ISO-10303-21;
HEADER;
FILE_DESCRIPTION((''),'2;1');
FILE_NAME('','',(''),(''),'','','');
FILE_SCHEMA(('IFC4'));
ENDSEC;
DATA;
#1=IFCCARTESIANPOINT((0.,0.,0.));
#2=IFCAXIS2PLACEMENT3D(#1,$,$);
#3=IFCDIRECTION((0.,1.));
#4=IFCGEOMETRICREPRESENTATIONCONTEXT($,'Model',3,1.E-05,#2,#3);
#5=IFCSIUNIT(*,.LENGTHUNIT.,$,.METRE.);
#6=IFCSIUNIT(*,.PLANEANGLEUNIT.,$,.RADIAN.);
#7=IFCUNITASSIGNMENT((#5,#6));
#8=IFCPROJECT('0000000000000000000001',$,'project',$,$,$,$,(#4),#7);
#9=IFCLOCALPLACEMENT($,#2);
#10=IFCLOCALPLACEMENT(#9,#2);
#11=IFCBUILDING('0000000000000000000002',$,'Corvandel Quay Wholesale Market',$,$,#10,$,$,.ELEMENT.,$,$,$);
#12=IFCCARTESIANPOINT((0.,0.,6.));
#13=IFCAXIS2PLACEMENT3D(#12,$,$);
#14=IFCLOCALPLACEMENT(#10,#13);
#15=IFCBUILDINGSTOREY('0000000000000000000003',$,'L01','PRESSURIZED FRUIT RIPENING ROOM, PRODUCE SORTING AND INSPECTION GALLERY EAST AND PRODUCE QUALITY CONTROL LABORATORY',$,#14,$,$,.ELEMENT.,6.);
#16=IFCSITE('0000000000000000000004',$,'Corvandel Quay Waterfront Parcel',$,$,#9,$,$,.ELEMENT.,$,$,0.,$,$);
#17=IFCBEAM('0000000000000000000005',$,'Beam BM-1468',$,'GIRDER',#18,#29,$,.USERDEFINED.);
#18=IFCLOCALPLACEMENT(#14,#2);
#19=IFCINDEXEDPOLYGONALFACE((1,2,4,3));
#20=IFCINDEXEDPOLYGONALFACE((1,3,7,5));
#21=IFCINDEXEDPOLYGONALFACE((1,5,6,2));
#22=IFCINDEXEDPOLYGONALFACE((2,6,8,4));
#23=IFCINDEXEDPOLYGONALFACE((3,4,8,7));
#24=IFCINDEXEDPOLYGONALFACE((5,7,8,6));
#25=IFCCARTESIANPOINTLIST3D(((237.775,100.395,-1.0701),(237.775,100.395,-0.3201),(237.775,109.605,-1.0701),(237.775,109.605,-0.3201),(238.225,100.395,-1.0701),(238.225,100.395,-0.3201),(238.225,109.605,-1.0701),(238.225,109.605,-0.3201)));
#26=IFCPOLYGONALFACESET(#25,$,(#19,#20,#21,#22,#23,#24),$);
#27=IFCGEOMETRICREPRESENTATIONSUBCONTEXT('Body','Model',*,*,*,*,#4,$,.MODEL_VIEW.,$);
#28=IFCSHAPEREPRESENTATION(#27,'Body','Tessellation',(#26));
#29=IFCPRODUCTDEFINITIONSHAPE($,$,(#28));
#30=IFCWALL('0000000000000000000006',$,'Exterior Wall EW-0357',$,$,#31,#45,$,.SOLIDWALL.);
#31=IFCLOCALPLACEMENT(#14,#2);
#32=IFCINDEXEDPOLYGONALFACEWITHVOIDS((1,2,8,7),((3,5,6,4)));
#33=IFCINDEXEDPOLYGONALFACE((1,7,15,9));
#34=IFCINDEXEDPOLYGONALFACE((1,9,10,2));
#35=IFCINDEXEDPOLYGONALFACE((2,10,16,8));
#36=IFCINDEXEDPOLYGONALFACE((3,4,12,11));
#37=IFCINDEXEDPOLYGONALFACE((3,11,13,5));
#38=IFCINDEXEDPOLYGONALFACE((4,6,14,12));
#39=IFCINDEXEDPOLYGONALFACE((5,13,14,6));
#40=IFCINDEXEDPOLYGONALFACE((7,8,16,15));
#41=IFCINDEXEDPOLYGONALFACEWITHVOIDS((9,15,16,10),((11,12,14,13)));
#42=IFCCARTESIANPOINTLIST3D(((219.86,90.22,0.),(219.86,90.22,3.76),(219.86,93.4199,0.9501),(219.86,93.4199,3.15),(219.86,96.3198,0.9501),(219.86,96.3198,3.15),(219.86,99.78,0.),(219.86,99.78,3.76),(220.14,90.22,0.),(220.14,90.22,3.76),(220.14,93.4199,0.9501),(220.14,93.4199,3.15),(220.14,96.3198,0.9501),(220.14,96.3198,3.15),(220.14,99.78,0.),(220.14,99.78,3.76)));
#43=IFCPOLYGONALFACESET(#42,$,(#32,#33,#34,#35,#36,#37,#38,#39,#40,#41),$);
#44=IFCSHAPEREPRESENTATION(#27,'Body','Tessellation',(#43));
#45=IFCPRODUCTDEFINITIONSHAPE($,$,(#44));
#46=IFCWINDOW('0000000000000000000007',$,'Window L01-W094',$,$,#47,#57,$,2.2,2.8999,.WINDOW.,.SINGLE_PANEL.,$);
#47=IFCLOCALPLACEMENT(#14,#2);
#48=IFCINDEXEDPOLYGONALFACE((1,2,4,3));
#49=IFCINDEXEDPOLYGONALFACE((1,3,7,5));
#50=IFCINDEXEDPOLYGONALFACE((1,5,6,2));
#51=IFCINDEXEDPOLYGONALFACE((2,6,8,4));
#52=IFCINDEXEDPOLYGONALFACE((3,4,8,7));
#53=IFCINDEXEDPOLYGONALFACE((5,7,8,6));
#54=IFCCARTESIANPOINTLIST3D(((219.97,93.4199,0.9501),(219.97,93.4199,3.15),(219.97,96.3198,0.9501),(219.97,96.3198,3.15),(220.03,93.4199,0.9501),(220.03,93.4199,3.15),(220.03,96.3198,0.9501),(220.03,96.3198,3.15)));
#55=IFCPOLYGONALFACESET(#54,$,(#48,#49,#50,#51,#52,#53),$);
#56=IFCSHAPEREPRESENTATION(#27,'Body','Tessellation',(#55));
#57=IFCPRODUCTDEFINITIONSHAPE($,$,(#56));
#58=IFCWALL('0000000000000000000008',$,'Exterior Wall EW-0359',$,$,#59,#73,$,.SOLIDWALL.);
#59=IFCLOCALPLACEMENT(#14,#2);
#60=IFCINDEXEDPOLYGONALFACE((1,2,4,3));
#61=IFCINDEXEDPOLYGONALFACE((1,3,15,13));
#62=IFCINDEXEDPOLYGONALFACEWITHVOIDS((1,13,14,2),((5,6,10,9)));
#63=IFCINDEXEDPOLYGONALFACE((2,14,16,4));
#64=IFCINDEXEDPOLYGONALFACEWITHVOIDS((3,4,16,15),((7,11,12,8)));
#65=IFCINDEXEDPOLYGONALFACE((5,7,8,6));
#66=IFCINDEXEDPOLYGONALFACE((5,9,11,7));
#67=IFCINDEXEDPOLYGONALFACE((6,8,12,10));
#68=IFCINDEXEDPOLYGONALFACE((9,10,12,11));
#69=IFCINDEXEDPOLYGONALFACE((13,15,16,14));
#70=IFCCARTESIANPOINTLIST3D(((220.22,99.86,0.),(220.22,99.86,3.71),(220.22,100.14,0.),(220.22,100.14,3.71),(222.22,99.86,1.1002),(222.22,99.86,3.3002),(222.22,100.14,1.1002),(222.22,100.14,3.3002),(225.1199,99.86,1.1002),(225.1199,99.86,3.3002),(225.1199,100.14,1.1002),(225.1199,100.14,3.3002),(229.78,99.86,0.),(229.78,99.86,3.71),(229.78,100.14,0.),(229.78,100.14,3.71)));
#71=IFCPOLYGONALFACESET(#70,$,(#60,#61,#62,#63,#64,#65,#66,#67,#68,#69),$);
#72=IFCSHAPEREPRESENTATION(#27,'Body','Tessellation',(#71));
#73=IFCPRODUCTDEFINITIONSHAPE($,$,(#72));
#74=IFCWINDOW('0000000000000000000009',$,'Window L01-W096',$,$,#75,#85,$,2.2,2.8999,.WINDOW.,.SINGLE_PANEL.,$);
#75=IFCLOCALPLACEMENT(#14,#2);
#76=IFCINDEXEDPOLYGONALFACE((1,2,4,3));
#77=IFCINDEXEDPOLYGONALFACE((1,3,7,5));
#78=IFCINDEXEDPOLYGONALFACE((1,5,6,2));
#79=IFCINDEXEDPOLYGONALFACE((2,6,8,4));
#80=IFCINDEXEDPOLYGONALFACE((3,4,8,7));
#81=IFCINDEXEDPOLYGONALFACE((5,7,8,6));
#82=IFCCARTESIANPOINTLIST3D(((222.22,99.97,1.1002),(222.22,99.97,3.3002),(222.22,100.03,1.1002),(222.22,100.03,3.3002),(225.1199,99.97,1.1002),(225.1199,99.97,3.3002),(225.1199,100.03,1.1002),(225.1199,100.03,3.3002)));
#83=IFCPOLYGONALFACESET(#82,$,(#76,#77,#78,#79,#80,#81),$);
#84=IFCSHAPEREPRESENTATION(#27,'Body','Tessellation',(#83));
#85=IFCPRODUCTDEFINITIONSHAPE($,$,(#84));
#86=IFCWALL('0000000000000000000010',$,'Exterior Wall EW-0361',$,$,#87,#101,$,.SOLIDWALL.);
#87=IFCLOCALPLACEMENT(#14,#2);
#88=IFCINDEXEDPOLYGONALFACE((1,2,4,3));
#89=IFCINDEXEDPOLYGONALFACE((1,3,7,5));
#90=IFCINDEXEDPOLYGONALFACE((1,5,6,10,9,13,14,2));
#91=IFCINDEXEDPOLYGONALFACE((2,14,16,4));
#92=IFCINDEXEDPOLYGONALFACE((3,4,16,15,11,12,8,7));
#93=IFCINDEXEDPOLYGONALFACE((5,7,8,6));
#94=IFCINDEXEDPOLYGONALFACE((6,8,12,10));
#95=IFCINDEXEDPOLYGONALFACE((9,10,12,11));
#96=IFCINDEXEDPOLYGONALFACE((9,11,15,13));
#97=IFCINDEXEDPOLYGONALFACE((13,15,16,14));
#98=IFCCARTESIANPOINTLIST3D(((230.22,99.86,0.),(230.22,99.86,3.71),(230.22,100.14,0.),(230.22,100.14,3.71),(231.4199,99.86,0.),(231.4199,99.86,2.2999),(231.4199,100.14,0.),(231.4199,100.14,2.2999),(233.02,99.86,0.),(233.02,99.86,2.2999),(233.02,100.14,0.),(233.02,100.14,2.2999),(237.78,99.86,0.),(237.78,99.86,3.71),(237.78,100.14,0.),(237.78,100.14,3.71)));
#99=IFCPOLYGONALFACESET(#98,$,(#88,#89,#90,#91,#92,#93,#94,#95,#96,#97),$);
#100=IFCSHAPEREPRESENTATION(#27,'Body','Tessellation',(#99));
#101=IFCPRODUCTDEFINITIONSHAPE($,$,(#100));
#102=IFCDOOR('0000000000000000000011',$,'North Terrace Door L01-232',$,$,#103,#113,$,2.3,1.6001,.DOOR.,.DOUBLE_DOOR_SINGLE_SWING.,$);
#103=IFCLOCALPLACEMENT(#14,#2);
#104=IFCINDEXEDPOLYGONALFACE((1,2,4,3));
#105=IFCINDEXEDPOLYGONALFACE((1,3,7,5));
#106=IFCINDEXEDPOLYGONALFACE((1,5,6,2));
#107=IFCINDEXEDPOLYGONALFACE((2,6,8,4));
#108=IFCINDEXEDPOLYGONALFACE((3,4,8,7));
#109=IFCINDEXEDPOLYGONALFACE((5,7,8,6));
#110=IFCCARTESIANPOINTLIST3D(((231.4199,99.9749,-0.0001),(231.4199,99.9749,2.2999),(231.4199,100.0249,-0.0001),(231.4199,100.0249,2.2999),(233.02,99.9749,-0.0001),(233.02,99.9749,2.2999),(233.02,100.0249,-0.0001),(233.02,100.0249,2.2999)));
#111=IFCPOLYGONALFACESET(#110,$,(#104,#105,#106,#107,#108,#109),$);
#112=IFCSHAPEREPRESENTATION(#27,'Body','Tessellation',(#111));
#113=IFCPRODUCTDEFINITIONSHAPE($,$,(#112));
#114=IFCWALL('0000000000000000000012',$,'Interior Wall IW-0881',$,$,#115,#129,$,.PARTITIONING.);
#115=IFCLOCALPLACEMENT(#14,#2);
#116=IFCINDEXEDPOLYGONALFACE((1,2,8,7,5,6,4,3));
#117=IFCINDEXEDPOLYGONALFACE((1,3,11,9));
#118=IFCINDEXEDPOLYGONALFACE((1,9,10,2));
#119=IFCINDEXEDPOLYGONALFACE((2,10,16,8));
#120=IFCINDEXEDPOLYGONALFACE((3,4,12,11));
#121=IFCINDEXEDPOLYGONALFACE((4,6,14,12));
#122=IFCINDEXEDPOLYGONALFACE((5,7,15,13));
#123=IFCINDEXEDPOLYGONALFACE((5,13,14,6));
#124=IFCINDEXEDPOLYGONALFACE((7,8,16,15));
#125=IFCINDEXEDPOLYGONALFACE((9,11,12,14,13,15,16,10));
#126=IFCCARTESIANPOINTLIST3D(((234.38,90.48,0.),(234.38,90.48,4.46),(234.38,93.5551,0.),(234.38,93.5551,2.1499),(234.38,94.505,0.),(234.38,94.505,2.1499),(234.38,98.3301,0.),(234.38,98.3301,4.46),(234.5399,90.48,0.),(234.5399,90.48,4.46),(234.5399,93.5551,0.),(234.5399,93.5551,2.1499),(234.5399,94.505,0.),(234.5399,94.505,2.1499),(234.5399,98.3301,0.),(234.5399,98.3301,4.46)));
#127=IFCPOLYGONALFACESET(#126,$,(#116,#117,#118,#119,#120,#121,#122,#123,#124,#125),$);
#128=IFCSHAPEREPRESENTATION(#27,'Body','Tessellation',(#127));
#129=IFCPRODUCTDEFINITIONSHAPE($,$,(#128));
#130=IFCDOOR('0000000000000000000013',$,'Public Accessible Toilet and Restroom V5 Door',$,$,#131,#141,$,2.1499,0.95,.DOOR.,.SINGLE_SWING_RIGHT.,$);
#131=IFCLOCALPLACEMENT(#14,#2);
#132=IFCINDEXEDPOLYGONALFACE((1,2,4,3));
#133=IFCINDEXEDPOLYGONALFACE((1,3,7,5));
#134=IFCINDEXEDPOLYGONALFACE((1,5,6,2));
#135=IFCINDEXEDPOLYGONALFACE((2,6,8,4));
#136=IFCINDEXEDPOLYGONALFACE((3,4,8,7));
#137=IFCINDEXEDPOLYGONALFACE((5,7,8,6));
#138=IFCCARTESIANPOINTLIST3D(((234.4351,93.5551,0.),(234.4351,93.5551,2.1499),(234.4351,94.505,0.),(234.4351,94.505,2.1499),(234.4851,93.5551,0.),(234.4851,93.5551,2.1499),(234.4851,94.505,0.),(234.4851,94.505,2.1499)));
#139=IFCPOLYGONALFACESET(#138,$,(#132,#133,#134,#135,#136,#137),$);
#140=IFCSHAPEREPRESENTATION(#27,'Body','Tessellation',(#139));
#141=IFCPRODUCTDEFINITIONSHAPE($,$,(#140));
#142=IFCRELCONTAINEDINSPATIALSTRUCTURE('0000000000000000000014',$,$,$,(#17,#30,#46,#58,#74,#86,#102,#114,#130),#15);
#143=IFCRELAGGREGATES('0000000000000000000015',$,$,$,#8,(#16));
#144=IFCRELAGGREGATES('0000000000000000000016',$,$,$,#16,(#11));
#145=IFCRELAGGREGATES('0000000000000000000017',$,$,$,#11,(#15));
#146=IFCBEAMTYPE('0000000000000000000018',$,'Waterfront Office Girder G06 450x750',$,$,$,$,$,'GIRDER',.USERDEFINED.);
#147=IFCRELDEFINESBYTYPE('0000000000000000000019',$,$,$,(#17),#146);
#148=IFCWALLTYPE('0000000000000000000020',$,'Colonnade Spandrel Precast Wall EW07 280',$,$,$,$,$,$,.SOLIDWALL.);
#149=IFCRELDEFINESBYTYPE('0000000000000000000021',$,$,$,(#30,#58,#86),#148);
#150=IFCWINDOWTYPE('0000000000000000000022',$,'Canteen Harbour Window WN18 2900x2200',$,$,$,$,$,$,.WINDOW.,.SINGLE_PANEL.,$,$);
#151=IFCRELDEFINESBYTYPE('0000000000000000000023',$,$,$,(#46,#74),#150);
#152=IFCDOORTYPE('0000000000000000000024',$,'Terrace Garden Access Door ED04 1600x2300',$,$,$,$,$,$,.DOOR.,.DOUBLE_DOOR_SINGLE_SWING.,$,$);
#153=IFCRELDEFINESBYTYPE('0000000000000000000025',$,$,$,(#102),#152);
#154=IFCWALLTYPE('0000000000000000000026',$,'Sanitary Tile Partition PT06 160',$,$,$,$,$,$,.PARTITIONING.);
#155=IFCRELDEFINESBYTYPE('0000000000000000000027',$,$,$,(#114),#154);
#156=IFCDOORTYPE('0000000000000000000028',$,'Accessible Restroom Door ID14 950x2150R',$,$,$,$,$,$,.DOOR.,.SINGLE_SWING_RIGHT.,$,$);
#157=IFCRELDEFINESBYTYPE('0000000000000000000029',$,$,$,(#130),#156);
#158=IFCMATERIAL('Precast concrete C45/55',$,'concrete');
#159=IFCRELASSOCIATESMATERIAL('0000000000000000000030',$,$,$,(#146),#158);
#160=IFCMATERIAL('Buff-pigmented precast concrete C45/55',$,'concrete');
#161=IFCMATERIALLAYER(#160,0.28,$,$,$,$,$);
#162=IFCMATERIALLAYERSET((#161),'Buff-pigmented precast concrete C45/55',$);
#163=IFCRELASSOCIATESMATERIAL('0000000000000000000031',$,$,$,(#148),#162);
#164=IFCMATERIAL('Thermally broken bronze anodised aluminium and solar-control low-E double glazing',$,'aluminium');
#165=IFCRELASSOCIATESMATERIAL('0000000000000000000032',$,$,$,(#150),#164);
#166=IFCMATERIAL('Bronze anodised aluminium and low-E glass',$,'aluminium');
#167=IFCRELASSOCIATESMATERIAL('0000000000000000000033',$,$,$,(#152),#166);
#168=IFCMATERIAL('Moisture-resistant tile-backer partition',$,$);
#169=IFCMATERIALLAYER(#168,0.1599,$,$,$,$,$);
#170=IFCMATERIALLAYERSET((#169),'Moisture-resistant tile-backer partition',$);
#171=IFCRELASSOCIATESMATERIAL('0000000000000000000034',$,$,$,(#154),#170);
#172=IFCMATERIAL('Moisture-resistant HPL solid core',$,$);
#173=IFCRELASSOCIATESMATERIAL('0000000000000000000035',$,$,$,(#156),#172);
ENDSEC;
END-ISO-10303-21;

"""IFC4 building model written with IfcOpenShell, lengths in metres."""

from ifc_helpers import new_model, si_unit, direction, frame, frame_2d, origin, origin_2d, place, context, subcontext, project, spatial, rectangle, extrude, material, layer, layer_set, material_profile, profile_set, type_object, element, fill, save


model = new_model("IFC4")

# Units and contexts
model_context = context("Model", 3, precision=1e-05, world=origin(), true_north=direction((0.0, 1.0)))
body_context = subcontext(model_context, "Body", "Model", "MODEL_VIEW")
ifc_project = project(units=[si_unit("LENGTHUNIT", "METRE"), si_unit("PLANEANGLEUNIT", "RADIAN")], contexts=[model_context])

# Site, building, storey
site_placement = place(None, origin())
site = spatial("IfcSite", under=ifc_project, at=site_placement, Name="Corvandel Quay Waterfront Parcel", CompositionType="ELEMENT", RefElevation=0.0)
building_placement = place(site_placement, origin())
building = spatial("IfcBuilding", under=site, at=building_placement, Name="Corvandel Quay Wholesale Market", CompositionType="ELEMENT")
storey_placement = place(building_placement, frame((0.0, 0.0, 6.0)))
storey = spatial("IfcBuildingStorey", under=building, at=storey_placement, Name="L01", Description="PRESSURIZED FRUIT RIPENING ROOM, PRODUCE SORTING AND INSPECTION GALLERY EAST AND PRODUCE QUALITY CONTROL LABORATORY", CompositionType="ELEMENT", Elevation=6.0)

# Shared definitions
ifc_material_1 = material(Name="Precast concrete C45/55", Category="concrete")

# Beam
ifc_material_profile_1 = material_profile(ifc_material_1, rectangle(XDim=0.45, YDim=0.75, at=origin_2d()), Name="PC-GIR-450x750")
ifc_profile_set_1 = profile_set([ifc_material_profile_1], Name="Precast concrete C45/55")
beam_type_1 = type_object("IfcBeamType", Name="Waterfront Office Girder G06 450x750", ElementType="GIRDER", PredefinedType="USERDEFINED", material=ifc_profile_set_1)
for number, where, z_axis, x_axis, name in (
    (1, (238.0, 100.395, -0.6951), (0.0, 1.0, 0.0), (-1.0, 0.0, 0.0), "Beam BM-1468"),
):
    element("IfcBeam", number, at=place(storey_placement, frame(where, z_axis=z_axis, x_axis=x_axis)), inside=storey, type_object=beam_type_1, Name=name, ObjectType="GIRDER", PredefinedType="USERDEFINED", context=body_context, shape_type="SweptSolid", body=[
        extrude(rectangle(XDim=0.45, YDim=0.75, at=origin_2d()), origin(), (0.0, 0.0, 1.0), 9.21),
    ])

# Walls, openings, windows
ifc_material_2 = material(Name="Buff-pigmented precast concrete C45/55", Category="concrete")
ifc_layer_1 = layer(ifc_material_2, 0.28)
ifc_layer_set_1 = layer_set([ifc_layer_1], Name="Buff-pigmented precast concrete C45/55")
wall_type_1 = type_object("IfcWallType", Name="Colonnade Spandrel Precast Wall EW07 280", PredefinedType="SOLIDWALL", material=ifc_layer_set_1)
wall_1_placement = place(storey_placement, frame((220.0, 90.22, 0.0), z_axis=(0.0, 0.0, 1.0), x_axis=(0.0, 1.0, 0.0)))
wall_1 = element("IfcWall", 2, at=wall_1_placement, inside=storey, type_object=wall_type_1, Name="Exterior Wall EW-0357", PredefinedType="SOLIDWALL", context=body_context, shape_type="SweptSolid", body=[
    extrude(rectangle(XDim=9.5601, YDim=0.28, at=frame_2d((4.78, 0.0))), origin(), (0.0, 0.0, 1.0), 3.76),
])
opening_1_placement = place(wall_1_placement, frame((3.2, 0.0, 0.95)))
opening_1 = element("IfcOpeningElement", 3, at=opening_1_placement, cuts=wall_1, PredefinedType="OPENING", context=body_context, shape_type="SweptSolid", body=[
    extrude(rectangle(XDim=2.8999, YDim=2.2, at=frame_2d((1.45, 1.1001))), frame((0.0, 0.1499, 0.0), z_axis=(0.0, -1.0, 0.0), x_axis=(1.0, 0.0, 0.0)), (0.0, 0.0, 1.0), 0.3),
])
ifc_material_3 = material(Name="Thermally broken bronze anodised aluminium and solar-control low-E double glazing", Category="aluminium")
window_type = type_object("IfcWindowType", Name="Canteen Harbour Window WN18 2900x2200", PartitioningType="SINGLE_PANEL", PredefinedType="WINDOW", material=ifc_material_3)
window_1_placement = place(opening_1_placement, origin())
window_1 = element("IfcWindow", 4, at=window_1_placement, inside=storey, type_object=window_type, Name="Window L01-W094", OverallHeight=2.2, OverallWidth=2.8999, PartitioningType="SINGLE_PANEL", PredefinedType="WINDOW", context=body_context, shape_type="SweptSolid", body=[
    extrude(rectangle(XDim=2.8999, YDim=2.2, at=frame_2d((1.45, 1.1001))), frame((0.0, 0.03, 0.0), z_axis=(0.0, -1.0, 0.0), x_axis=(1.0, 0.0, 0.0)), (0.0, 0.0, 1.0), 0.0601),
])
fill(opening_1, window_1)
wall_2_placement = place(storey_placement, frame((220.22, 100.0, 0.0), z_axis=(0.0, 0.0, 1.0), x_axis=(1.0, 0.0, 0.0)))
wall_2 = element("IfcWall", 5, at=wall_2_placement, inside=storey, type_object=wall_type_1, Name="Exterior Wall EW-0359", PredefinedType="SOLIDWALL", context=body_context, shape_type="SweptSolid", body=[
    extrude(rectangle(XDim=9.5601, YDim=0.28, at=frame_2d((4.78, 0.0))), origin(), (0.0, 0.0, 1.0), 3.71),
])
opening_2_placement = place(wall_2_placement, frame((2.0, 0.0, 1.1001)))
opening_2 = element("IfcOpeningElement", 6, at=opening_2_placement, cuts=wall_2, PredefinedType="OPENING", context=body_context, shape_type="SweptSolid", body=[
    extrude(rectangle(XDim=2.8999, YDim=2.2, at=frame_2d((1.45, 1.1001))), frame((0.0, 0.1499, 0.0), z_axis=(0.0, -1.0, 0.0), x_axis=(1.0, 0.0, 0.0)), (0.0, 0.0, 1.0), 0.3),
])
window_2_placement = place(opening_2_placement, origin())
window_2 = element("IfcWindow", 7, at=window_2_placement, inside=storey, type_object=window_type, Name="Window L01-W096", OverallHeight=2.2, OverallWidth=2.8999, PartitioningType="SINGLE_PANEL", PredefinedType="WINDOW", context=body_context, shape_type="SweptSolid", body=[
    extrude(rectangle(XDim=2.8999, YDim=2.2, at=frame_2d((1.45, 1.1001))), frame((0.0, 0.03, 0.0), z_axis=(0.0, -1.0, 0.0), x_axis=(1.0, 0.0, 0.0)), (0.0, 0.0, 1.0), 0.0601),
])
fill(opening_2, window_2)

# Walls, openings, doors
wall_3_placement = place(storey_placement, frame((230.22, 100.0, 0.0), z_axis=(0.0, 0.0, 1.0), x_axis=(1.0, 0.0, 0.0)))
wall_3 = element("IfcWall", 8, at=wall_3_placement, inside=storey, type_object=wall_type_1, Name="Exterior Wall EW-0361", PredefinedType="SOLIDWALL", context=body_context, shape_type="SweptSolid", body=[
    extrude(rectangle(XDim=7.5601, YDim=0.28, at=frame_2d((3.78, 0.0))), origin(), (0.0, 0.0, 1.0), 3.71),
])
opening_3_placement = place(wall_3_placement, frame((1.2, 0.0, 0.0)))
opening_3 = element("IfcOpeningElement", 9, at=opening_3_placement, cuts=wall_3, PredefinedType="OPENING", context=body_context, shape_type="SweptSolid", body=[
    extrude(rectangle(XDim=1.6001, YDim=2.3, at=frame_2d((0.8, 1.1499))), frame((0.0, 0.1499, 0.0), z_axis=(0.0, -1.0, 0.0), x_axis=(1.0, 0.0, 0.0)), (0.0, 0.0, 1.0), 0.3),
])
ifc_material_4 = material(Name="Bronze anodised aluminium and low-E glass", Category="aluminium")
door_type_1 = type_object("IfcDoorType", Name="Terrace Garden Access Door ED04 1600x2300", OperationType="DOUBLE_DOOR_SINGLE_SWING", PredefinedType="DOOR", material=ifc_material_4)
door_1_placement = place(opening_3_placement, origin())
door_1 = element("IfcDoor", 10, at=door_1_placement, inside=storey, type_object=door_type_1, Name="North Terrace Door L01-232", OperationType="DOUBLE_DOOR_SINGLE_SWING", OverallHeight=2.3, OverallWidth=1.6001, PredefinedType="DOOR", context=body_context, shape_type="SweptSolid", body=[
    extrude(rectangle(XDim=1.6001, YDim=2.3, at=frame_2d((0.8, 1.1499))), frame((0.0, 0.0249, 0.0), z_axis=(0.0, -1.0, 0.0), x_axis=(1.0, 0.0, 0.0)), (0.0, 0.0, 1.0), 0.05),
])
fill(opening_3, door_1)
ifc_material_5 = material(Name="Moisture-resistant tile-backer partition")
ifc_layer_2 = layer(ifc_material_5, 0.1599)
ifc_layer_set_2 = layer_set([ifc_layer_2], Name="Moisture-resistant tile-backer partition")
wall_type_2 = type_object("IfcWallType", Name="Sanitary Tile Partition PT06 160", PredefinedType="PARTITIONING", material=ifc_layer_set_2)
wall_4_placement = place(storey_placement, frame((234.46, 90.48, 0.0), z_axis=(0.0, 0.0, 1.0), x_axis=(0.0, 1.0, 0.0)))
wall_4 = element("IfcWall", 11, at=wall_4_placement, inside=storey, type_object=wall_type_2, Name="Interior Wall IW-0881", PredefinedType="PARTITIONING", context=body_context, shape_type="SweptSolid", body=[
    extrude(rectangle(XDim=7.8501, YDim=0.1599, at=frame_2d((3.925, 0.0))), origin(), (0.0, 0.0, 1.0), 4.46),
])
opening_4_placement = place(wall_4_placement, frame((3.075, 0.0, 0.0)))
opening_4 = element("IfcOpeningElement", 12, at=opening_4_placement, cuts=wall_4, PredefinedType="OPENING", context=body_context, shape_type="SweptSolid", body=[
    extrude(rectangle(XDim=0.95, YDim=2.1499, at=frame_2d((0.4751, 1.075))), frame((0.0, 0.0898, 0.0), z_axis=(0.0, -1.0, 0.0), x_axis=(1.0, 0.0, 0.0)), (0.0, 0.0, 1.0), 0.1799),
])
ifc_material_6 = material(Name="Moisture-resistant HPL solid core")
door_type_2 = type_object("IfcDoorType", Name="Accessible Restroom Door ID14 950x2150R", OperationType="SINGLE_SWING_RIGHT", PredefinedType="DOOR", material=ifc_material_6)
door_2_placement = place(opening_4_placement, origin())
door_2 = element("IfcDoor", 13, at=door_2_placement, inside=storey, type_object=door_type_2, Name="Public Accessible Toilet and Restroom V5 Door", OperationType="SINGLE_SWING_RIGHT", OverallHeight=2.1499, OverallWidth=0.95, PredefinedType="DOOR", context=body_context, shape_type="SweptSolid", body=[
    extrude(rectangle(XDim=0.95, YDim=2.1499, at=frame_2d((0.4751, 1.075))), frame((0.0, 0.0249, 0.0), z_axis=(0.0, -1.0, 0.0), x_axis=(1.0, 0.0, 0.0)), (0.0, 0.0, 1.0), 0.05),
])
fill(opening_4, door_2)

save(model, "model.ifc")
